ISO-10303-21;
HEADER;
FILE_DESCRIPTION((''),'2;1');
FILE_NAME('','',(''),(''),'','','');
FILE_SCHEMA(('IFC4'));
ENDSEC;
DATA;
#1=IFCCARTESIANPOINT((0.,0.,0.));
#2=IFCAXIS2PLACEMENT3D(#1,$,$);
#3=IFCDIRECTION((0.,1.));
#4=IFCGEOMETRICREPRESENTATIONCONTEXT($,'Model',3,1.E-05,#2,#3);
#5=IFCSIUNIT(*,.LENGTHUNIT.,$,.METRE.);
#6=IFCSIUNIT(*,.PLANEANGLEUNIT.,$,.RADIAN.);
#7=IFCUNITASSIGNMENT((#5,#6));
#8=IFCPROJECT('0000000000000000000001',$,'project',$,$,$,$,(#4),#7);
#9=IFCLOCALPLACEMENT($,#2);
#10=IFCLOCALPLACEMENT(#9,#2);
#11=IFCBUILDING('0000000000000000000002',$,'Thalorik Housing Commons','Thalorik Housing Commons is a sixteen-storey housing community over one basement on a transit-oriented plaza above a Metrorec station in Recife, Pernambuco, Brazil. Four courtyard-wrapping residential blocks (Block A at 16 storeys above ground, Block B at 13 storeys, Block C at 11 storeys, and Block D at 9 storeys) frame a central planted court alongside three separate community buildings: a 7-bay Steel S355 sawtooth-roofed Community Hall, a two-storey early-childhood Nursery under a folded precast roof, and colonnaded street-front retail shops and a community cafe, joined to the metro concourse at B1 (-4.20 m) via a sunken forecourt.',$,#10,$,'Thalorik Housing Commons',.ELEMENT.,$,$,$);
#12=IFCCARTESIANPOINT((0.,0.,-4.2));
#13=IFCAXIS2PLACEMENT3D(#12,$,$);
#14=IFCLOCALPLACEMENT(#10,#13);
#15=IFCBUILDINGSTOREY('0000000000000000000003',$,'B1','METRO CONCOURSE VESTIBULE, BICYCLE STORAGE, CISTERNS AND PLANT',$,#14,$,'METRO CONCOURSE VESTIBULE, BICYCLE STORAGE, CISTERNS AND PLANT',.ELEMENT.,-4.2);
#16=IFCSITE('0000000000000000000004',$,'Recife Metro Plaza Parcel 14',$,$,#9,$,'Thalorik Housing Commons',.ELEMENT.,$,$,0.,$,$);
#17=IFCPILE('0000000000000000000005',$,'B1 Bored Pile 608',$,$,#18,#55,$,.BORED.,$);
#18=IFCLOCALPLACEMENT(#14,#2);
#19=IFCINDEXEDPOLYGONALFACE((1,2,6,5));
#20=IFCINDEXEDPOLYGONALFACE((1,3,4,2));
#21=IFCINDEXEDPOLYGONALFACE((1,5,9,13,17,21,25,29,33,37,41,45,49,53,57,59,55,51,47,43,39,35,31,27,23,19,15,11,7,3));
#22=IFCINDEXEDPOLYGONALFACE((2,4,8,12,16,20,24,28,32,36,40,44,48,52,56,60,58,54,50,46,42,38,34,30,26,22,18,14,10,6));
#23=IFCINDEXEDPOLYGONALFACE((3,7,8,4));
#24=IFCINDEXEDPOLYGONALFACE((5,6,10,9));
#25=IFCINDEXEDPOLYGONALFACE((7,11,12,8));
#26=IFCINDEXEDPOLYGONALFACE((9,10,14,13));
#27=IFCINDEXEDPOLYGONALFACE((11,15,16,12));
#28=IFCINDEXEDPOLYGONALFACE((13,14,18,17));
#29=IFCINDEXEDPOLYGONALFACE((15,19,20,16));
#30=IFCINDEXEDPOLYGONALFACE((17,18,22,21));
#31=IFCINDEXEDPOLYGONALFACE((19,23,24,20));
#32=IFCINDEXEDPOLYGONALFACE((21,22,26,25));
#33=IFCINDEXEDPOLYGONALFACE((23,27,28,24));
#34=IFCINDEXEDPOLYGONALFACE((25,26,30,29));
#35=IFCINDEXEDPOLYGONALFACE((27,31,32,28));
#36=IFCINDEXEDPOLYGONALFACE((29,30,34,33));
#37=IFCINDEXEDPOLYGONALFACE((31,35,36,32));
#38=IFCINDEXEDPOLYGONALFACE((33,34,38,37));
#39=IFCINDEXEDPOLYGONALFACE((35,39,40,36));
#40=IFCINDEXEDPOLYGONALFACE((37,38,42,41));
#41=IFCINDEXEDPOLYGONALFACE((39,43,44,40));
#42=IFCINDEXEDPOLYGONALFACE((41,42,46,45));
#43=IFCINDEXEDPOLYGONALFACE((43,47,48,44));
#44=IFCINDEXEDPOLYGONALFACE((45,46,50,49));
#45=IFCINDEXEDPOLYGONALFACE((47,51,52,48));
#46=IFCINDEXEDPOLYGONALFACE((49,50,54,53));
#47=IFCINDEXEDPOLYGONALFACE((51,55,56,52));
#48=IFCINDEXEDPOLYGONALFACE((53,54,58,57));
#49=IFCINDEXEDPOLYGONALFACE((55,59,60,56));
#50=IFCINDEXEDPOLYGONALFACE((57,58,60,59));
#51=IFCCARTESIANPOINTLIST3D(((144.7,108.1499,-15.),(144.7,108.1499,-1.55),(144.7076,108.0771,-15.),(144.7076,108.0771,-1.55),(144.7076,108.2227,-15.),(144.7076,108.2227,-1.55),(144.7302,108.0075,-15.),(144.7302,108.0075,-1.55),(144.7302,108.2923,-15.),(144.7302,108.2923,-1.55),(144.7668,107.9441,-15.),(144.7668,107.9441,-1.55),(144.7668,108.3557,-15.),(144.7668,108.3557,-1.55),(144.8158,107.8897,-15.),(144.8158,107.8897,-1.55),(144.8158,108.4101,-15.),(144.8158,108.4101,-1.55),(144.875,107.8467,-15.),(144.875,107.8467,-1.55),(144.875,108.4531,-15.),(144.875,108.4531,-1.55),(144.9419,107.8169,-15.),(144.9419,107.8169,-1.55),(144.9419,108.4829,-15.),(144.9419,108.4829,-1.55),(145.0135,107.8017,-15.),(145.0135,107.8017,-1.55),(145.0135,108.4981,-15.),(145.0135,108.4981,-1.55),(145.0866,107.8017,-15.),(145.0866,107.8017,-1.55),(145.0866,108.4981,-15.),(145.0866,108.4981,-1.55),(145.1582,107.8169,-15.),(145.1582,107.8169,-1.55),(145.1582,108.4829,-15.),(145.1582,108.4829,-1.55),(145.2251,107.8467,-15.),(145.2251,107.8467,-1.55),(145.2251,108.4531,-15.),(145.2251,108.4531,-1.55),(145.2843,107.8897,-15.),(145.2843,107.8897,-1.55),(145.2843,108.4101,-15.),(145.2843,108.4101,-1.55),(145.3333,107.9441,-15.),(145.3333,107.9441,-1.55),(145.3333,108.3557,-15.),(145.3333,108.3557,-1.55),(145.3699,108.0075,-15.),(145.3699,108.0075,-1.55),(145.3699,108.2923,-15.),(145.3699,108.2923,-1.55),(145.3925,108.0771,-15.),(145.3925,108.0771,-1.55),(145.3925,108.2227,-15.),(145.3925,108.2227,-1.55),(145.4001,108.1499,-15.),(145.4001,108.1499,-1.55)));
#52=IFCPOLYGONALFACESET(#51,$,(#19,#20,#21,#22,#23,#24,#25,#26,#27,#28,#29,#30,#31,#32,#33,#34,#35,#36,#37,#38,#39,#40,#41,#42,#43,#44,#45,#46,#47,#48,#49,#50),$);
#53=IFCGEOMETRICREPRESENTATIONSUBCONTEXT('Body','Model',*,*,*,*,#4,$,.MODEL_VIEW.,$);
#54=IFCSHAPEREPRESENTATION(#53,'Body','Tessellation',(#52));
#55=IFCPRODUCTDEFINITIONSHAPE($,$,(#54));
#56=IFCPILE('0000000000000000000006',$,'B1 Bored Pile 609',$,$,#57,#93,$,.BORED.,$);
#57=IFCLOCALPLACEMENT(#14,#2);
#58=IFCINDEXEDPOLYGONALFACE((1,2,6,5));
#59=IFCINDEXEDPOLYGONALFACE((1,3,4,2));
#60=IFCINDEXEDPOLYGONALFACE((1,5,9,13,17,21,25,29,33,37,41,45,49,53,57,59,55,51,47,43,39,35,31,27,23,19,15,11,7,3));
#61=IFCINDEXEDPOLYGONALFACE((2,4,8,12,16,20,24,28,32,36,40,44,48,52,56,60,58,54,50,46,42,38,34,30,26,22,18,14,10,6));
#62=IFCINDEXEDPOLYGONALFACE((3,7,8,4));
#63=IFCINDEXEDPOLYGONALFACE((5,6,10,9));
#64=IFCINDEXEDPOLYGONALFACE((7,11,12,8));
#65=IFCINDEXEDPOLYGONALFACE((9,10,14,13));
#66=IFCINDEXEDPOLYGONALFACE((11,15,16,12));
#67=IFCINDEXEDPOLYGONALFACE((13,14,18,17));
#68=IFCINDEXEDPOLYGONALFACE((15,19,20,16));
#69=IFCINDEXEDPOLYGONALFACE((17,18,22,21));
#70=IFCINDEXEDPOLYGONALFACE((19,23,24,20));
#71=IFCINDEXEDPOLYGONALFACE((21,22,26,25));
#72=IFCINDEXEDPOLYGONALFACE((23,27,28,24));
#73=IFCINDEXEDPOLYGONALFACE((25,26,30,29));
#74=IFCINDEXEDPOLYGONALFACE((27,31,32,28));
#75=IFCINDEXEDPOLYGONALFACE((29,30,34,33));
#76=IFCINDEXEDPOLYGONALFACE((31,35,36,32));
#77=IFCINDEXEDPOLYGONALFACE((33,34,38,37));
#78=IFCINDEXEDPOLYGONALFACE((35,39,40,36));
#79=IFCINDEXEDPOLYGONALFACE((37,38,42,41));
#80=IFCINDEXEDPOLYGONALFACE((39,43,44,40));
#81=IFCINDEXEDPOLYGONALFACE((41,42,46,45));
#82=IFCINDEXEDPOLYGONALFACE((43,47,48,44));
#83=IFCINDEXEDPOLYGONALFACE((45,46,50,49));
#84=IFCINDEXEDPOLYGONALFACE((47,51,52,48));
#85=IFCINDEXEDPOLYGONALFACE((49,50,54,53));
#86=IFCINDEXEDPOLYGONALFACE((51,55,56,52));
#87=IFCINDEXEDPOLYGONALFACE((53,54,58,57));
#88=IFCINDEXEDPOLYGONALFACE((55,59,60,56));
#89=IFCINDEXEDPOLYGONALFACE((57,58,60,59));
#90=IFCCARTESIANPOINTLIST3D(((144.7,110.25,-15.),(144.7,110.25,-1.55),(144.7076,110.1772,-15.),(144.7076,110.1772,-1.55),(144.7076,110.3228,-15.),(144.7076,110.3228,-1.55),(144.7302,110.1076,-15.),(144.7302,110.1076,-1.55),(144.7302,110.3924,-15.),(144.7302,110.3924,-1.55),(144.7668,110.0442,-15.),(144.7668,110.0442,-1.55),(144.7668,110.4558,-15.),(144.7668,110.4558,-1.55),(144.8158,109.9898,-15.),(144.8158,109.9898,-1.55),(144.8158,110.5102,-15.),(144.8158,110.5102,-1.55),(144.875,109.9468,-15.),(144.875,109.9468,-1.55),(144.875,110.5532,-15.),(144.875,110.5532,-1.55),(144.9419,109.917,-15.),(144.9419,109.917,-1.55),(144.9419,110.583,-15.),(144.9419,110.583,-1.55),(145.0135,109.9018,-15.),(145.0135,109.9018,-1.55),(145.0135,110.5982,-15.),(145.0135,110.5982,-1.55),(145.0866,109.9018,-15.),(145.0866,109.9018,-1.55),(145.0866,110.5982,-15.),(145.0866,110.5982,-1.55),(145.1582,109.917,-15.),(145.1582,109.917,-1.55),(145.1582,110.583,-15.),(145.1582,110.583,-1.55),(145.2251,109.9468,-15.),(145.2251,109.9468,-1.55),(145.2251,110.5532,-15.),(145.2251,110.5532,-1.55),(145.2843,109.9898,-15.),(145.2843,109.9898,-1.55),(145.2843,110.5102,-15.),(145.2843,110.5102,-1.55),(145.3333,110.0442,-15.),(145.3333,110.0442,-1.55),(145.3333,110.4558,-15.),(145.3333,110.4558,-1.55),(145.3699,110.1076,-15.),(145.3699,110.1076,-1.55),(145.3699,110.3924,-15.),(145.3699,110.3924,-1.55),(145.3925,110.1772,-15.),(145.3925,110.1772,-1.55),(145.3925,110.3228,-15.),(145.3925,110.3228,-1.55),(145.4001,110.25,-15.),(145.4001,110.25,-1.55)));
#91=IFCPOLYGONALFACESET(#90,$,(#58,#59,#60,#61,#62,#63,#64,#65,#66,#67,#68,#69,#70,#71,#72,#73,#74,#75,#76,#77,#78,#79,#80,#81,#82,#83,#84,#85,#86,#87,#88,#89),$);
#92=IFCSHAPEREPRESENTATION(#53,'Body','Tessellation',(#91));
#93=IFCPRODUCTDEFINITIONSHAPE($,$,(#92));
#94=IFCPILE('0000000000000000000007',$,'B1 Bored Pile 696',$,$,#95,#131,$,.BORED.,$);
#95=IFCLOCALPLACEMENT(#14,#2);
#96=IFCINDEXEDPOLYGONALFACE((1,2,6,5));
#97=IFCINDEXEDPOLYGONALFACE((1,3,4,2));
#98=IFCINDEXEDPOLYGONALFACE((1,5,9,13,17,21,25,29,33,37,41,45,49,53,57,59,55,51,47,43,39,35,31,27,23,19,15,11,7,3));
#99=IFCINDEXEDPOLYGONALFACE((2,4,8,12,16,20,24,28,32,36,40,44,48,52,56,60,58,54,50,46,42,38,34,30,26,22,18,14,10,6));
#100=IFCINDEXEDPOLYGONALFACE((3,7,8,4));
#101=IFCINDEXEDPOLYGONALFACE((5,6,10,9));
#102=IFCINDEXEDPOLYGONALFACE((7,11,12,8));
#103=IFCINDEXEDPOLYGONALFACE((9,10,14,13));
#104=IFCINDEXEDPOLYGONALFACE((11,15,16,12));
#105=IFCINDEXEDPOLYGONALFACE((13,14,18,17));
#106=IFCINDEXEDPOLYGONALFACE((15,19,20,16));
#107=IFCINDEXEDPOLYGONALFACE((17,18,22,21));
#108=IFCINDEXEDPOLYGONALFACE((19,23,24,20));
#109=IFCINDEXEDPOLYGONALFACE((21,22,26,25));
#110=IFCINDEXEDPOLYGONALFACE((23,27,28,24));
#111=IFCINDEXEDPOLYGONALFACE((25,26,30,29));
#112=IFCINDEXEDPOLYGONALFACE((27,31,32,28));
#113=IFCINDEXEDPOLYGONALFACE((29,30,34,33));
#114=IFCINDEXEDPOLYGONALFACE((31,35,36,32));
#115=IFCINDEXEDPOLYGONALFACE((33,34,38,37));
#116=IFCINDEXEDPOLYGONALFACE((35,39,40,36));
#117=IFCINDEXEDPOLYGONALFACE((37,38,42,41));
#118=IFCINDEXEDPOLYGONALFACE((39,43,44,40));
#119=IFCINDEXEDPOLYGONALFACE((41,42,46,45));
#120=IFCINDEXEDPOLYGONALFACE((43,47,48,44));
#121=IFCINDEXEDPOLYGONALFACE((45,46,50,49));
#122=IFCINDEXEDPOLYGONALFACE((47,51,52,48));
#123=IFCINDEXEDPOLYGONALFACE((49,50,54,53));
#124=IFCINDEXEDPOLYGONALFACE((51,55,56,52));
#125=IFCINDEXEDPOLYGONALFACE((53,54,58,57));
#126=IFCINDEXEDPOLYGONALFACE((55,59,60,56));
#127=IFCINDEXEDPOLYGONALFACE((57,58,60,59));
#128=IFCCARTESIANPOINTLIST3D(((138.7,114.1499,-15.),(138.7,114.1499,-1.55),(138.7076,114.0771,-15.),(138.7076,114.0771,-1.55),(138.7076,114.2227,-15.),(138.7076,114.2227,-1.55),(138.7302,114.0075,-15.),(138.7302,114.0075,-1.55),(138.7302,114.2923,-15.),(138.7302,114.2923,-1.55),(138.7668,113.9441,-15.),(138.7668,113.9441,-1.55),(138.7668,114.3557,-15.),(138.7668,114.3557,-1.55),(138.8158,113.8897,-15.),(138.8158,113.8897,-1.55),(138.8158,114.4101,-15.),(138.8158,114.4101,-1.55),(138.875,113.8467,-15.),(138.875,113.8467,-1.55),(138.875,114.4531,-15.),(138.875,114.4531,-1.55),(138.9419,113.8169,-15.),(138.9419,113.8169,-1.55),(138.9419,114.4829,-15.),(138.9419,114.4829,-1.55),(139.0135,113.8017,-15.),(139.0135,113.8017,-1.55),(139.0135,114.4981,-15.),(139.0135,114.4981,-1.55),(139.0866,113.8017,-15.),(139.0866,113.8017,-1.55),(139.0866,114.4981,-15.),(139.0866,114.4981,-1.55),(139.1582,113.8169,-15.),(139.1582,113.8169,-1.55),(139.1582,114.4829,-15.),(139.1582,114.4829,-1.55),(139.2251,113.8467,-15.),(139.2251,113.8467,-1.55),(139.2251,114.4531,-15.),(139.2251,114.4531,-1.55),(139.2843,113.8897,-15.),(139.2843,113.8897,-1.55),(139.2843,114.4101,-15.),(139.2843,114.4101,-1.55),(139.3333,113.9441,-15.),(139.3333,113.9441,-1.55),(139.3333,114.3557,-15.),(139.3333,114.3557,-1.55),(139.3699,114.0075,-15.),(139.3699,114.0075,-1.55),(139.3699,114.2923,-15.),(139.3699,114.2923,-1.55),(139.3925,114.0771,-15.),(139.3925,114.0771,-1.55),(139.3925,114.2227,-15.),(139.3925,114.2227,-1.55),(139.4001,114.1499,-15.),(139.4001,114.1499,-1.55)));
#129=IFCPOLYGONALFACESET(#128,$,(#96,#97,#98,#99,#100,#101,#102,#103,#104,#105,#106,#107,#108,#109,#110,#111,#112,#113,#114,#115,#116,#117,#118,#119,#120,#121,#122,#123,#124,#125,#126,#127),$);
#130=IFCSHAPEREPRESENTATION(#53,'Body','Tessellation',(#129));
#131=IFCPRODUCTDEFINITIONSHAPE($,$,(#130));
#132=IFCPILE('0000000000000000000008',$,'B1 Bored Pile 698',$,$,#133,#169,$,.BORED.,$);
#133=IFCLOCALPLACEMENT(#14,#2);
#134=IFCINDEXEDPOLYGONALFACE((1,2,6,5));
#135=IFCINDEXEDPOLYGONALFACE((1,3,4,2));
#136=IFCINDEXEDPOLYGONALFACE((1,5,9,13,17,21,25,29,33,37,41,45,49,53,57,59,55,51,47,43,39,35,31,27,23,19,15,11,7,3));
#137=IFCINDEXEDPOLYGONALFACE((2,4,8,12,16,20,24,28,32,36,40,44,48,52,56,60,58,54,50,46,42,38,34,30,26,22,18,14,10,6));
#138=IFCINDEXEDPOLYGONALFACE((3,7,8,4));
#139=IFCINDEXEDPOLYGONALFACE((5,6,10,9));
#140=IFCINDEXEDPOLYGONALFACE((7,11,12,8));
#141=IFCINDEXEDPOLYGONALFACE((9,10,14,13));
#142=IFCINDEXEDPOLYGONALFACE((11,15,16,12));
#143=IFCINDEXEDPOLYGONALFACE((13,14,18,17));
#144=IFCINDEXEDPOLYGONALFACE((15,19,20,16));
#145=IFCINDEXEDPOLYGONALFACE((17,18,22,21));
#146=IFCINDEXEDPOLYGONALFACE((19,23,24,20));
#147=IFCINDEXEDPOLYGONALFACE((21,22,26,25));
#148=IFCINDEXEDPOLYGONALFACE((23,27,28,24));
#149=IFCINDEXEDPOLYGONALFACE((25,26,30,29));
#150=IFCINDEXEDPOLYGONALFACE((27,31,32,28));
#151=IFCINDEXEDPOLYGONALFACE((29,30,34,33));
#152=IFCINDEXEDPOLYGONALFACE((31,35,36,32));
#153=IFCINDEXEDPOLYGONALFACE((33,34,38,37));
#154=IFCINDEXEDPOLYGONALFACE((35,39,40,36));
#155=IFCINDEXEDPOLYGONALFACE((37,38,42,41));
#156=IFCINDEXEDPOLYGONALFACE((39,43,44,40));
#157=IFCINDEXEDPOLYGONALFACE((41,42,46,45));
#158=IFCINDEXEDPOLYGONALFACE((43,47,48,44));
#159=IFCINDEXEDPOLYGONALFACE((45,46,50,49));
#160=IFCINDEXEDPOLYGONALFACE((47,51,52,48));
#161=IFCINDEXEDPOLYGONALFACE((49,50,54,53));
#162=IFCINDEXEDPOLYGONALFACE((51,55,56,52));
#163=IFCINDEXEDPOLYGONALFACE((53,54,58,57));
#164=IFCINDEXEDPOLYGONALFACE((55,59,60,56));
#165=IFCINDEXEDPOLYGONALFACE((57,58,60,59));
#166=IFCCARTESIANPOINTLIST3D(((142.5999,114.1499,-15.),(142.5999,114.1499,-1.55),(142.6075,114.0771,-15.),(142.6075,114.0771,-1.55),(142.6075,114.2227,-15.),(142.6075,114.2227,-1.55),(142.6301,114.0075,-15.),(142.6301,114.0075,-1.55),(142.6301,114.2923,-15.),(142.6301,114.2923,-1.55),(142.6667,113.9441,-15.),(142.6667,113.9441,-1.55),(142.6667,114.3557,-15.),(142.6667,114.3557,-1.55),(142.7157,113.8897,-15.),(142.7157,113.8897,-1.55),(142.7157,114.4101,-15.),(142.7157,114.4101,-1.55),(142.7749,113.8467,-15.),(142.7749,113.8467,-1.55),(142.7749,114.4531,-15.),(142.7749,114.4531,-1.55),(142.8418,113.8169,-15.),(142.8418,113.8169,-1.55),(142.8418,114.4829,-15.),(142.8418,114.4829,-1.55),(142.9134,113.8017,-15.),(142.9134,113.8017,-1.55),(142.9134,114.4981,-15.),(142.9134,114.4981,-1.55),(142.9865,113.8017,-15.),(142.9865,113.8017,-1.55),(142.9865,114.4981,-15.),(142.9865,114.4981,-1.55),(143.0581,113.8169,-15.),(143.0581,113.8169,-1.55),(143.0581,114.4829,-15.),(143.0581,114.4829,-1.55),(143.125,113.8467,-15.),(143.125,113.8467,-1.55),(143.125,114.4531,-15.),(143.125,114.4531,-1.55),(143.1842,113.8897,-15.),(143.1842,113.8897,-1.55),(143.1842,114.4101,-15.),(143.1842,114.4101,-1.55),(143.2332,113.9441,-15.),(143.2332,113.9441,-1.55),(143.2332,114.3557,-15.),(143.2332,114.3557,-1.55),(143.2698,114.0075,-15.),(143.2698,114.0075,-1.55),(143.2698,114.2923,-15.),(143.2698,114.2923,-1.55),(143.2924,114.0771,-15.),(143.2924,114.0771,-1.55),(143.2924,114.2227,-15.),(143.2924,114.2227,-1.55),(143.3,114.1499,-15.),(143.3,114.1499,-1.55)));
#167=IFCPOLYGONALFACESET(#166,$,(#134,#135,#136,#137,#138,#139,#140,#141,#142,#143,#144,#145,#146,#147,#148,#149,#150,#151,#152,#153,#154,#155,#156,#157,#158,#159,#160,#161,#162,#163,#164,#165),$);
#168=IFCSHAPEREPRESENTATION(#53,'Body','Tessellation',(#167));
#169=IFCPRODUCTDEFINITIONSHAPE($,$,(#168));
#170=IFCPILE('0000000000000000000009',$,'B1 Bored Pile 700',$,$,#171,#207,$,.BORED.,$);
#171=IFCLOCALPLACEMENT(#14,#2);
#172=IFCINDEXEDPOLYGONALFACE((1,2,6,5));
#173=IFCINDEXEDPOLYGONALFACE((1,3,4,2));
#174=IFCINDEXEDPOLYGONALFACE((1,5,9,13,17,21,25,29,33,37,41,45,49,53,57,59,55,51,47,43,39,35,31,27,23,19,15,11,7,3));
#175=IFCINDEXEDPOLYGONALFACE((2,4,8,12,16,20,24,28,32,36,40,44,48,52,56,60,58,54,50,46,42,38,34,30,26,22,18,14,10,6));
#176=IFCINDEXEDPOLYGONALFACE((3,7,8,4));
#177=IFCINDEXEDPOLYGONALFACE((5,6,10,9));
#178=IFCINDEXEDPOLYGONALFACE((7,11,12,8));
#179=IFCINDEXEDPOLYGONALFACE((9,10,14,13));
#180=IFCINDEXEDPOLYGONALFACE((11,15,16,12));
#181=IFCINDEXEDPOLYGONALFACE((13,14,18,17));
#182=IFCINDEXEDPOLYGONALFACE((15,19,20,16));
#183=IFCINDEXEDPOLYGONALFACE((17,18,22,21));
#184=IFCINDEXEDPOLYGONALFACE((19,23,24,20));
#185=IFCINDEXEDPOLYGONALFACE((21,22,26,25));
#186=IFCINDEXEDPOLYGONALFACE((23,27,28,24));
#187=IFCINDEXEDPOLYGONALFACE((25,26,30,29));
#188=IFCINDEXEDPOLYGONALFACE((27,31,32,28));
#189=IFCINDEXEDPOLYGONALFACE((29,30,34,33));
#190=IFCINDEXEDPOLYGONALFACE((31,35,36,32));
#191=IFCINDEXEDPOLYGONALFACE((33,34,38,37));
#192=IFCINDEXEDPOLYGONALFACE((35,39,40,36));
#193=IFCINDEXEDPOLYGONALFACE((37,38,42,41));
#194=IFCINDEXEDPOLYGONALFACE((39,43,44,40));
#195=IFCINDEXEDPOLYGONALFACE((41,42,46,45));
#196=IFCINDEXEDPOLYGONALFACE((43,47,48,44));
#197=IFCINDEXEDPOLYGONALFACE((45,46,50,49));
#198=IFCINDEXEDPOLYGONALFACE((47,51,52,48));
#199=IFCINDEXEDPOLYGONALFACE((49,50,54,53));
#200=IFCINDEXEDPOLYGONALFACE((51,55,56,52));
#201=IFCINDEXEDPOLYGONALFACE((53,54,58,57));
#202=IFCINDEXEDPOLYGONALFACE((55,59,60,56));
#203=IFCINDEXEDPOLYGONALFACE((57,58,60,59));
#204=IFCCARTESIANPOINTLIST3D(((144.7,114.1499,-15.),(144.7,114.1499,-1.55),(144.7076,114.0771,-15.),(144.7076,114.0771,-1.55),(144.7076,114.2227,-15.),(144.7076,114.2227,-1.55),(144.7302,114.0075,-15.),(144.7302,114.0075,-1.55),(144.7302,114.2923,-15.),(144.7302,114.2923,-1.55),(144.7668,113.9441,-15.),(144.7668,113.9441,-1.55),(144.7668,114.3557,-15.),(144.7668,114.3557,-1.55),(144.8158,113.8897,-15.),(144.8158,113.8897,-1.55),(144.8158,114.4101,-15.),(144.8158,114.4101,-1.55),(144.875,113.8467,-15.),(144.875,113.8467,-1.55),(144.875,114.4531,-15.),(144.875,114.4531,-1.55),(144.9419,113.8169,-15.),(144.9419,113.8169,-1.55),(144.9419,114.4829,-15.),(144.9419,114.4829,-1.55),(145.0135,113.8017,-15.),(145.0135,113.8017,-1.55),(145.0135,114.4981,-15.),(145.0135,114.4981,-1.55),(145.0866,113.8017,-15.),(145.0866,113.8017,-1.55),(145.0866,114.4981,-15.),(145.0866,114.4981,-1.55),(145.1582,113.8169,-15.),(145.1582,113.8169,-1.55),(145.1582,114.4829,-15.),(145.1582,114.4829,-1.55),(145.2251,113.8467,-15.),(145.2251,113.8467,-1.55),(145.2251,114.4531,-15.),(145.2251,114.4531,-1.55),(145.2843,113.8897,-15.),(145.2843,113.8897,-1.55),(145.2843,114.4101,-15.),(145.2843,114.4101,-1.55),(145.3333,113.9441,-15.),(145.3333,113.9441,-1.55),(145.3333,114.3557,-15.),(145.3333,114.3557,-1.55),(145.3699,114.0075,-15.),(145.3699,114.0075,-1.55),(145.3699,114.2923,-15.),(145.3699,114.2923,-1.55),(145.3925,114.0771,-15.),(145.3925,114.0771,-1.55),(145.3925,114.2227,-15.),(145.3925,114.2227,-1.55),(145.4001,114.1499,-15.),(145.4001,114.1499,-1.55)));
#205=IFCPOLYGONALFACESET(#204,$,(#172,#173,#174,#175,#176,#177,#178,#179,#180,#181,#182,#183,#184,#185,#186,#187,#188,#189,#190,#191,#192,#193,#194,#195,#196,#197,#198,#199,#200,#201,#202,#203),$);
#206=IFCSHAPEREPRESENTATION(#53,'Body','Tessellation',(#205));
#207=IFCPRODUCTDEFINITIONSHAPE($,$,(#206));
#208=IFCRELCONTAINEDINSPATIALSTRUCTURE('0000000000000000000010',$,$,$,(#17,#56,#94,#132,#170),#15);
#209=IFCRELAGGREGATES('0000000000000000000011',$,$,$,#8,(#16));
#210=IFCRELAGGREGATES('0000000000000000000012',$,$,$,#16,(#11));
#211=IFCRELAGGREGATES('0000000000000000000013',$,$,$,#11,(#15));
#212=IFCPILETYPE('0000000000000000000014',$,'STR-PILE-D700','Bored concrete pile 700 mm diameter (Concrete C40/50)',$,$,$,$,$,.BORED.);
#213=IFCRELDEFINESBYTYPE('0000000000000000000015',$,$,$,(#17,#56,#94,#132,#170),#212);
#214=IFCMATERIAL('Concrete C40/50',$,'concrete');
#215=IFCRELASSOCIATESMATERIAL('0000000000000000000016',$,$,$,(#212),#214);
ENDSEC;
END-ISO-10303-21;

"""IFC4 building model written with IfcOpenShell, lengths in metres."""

from ifc_helpers import new_model, si_unit, direction, frame, origin, origin_2d, place, context, subcontext, project, spatial, circle, extrude, material, material_profile, profile_set, type_object, element, save


model = new_model("IFC4")

# Units and contexts
model_context = context("Model", 3, precision=1e-05, world=origin(), true_north=direction((0.0, 1.0)))
body_context = subcontext(model_context, "Body", "Model", "MODEL_VIEW")
ifc_project = project(units=[si_unit("LENGTHUNIT", "METRE"), si_unit("PLANEANGLEUNIT", "RADIAN")], contexts=[model_context])

# Site, building, storey
site_placement = place(None, origin())
site = spatial("IfcSite", under=ifc_project, at=site_placement, Name="Recife Metro Plaza Parcel 14", LongName="Thalorik Housing Commons", CompositionType="ELEMENT", RefElevation=0.0)
building_placement = place(site_placement, origin())
building = spatial("IfcBuilding", under=site, at=building_placement, Name="Thalorik Housing Commons", Description="Thalorik Housing Commons is a sixteen-storey housing community over one basement on a transit-oriented plaza above a Metrorec station in Recife, Pernambuco, Brazil. Four courtyard-wrapping residential blocks (Block A at 16 storeys above ground, Block B at 13 storeys, Block C at 11 storeys, and Block D at 9 storeys) frame a central planted court alongside three separate community buildings: a 7-bay Steel S355 sawtooth-roofed Community Hall, a two-storey early-childhood Nursery under a folded precast roof, and colonnaded street-front retail shops and a community cafe, joined to the metro concourse at B1 (-4.20 m) via a sunken forecourt.", LongName="Thalorik Housing Commons", CompositionType="ELEMENT")
storey_placement = place(building_placement, frame((0.0, 0.0, -4.2)))
storey = spatial("IfcBuildingStorey", under=building, at=storey_placement, Name="B1", Description="METRO CONCOURSE VESTIBULE, BICYCLE STORAGE, CISTERNS AND PLANT", LongName="METRO CONCOURSE VESTIBULE, BICYCLE STORAGE, CISTERNS AND PLANT", CompositionType="ELEMENT", Elevation=-4.2)

# Shared definitions
ifc_material_1 = material(Name="Concrete C40/50", Category="concrete")

# Piles
ifc_material_profile_1 = material_profile(ifc_material_1, circle(Radius=0.3501, at=origin_2d()), Name="BORED PILE D700", Category="concrete")
ifc_profile_set_1 = profile_set([ifc_material_profile_1], Name="Concrete C40/50")
pile_type_1 = type_object("IfcPileType", Name="STR-PILE-D700", Description="Bored concrete pile 700 mm diameter (Concrete C40/50)", PredefinedType="BORED", material=ifc_profile_set_1)
for number, where, z_axis, x_axis, name in (
    (1, (145.05, 108.1499, -1.55), (0.0, 0.0, -1.0), (1.0, 0.0, 0.0), "B1 Bored Pile 608"),
    (2, (145.05, 110.25, -1.55), (0.0, 0.0, -1.0), (1.0, 0.0, 0.0), "B1 Bored Pile 609"),
    (3, (139.05, 114.1499, -1.55), (0.0, 0.0, -1.0), (1.0, 0.0, 0.0), "B1 Bored Pile 696"),
    (4, (142.95, 114.1499, -1.55), (0.0, 0.0, -1.0), (1.0, 0.0, 0.0), "B1 Bored Pile 698"),
    (5, (145.05, 114.1499, -1.55), (0.0, 0.0, -1.0), (1.0, 0.0, 0.0), "B1 Bored Pile 700"),
):
    element("IfcPile", number, at=place(storey_placement, frame(where, z_axis=z_axis, x_axis=x_axis)), inside=storey, type_object=pile_type_1, Name=name, PredefinedType="BORED", context=body_context, shape_type="SweptSolid", body=[
        extrude(circle(Radius=0.3501, at=origin_2d()), origin(), (0.0, 0.0, 1.0), 13.45),
    ])

save(model, "model.ifc")
